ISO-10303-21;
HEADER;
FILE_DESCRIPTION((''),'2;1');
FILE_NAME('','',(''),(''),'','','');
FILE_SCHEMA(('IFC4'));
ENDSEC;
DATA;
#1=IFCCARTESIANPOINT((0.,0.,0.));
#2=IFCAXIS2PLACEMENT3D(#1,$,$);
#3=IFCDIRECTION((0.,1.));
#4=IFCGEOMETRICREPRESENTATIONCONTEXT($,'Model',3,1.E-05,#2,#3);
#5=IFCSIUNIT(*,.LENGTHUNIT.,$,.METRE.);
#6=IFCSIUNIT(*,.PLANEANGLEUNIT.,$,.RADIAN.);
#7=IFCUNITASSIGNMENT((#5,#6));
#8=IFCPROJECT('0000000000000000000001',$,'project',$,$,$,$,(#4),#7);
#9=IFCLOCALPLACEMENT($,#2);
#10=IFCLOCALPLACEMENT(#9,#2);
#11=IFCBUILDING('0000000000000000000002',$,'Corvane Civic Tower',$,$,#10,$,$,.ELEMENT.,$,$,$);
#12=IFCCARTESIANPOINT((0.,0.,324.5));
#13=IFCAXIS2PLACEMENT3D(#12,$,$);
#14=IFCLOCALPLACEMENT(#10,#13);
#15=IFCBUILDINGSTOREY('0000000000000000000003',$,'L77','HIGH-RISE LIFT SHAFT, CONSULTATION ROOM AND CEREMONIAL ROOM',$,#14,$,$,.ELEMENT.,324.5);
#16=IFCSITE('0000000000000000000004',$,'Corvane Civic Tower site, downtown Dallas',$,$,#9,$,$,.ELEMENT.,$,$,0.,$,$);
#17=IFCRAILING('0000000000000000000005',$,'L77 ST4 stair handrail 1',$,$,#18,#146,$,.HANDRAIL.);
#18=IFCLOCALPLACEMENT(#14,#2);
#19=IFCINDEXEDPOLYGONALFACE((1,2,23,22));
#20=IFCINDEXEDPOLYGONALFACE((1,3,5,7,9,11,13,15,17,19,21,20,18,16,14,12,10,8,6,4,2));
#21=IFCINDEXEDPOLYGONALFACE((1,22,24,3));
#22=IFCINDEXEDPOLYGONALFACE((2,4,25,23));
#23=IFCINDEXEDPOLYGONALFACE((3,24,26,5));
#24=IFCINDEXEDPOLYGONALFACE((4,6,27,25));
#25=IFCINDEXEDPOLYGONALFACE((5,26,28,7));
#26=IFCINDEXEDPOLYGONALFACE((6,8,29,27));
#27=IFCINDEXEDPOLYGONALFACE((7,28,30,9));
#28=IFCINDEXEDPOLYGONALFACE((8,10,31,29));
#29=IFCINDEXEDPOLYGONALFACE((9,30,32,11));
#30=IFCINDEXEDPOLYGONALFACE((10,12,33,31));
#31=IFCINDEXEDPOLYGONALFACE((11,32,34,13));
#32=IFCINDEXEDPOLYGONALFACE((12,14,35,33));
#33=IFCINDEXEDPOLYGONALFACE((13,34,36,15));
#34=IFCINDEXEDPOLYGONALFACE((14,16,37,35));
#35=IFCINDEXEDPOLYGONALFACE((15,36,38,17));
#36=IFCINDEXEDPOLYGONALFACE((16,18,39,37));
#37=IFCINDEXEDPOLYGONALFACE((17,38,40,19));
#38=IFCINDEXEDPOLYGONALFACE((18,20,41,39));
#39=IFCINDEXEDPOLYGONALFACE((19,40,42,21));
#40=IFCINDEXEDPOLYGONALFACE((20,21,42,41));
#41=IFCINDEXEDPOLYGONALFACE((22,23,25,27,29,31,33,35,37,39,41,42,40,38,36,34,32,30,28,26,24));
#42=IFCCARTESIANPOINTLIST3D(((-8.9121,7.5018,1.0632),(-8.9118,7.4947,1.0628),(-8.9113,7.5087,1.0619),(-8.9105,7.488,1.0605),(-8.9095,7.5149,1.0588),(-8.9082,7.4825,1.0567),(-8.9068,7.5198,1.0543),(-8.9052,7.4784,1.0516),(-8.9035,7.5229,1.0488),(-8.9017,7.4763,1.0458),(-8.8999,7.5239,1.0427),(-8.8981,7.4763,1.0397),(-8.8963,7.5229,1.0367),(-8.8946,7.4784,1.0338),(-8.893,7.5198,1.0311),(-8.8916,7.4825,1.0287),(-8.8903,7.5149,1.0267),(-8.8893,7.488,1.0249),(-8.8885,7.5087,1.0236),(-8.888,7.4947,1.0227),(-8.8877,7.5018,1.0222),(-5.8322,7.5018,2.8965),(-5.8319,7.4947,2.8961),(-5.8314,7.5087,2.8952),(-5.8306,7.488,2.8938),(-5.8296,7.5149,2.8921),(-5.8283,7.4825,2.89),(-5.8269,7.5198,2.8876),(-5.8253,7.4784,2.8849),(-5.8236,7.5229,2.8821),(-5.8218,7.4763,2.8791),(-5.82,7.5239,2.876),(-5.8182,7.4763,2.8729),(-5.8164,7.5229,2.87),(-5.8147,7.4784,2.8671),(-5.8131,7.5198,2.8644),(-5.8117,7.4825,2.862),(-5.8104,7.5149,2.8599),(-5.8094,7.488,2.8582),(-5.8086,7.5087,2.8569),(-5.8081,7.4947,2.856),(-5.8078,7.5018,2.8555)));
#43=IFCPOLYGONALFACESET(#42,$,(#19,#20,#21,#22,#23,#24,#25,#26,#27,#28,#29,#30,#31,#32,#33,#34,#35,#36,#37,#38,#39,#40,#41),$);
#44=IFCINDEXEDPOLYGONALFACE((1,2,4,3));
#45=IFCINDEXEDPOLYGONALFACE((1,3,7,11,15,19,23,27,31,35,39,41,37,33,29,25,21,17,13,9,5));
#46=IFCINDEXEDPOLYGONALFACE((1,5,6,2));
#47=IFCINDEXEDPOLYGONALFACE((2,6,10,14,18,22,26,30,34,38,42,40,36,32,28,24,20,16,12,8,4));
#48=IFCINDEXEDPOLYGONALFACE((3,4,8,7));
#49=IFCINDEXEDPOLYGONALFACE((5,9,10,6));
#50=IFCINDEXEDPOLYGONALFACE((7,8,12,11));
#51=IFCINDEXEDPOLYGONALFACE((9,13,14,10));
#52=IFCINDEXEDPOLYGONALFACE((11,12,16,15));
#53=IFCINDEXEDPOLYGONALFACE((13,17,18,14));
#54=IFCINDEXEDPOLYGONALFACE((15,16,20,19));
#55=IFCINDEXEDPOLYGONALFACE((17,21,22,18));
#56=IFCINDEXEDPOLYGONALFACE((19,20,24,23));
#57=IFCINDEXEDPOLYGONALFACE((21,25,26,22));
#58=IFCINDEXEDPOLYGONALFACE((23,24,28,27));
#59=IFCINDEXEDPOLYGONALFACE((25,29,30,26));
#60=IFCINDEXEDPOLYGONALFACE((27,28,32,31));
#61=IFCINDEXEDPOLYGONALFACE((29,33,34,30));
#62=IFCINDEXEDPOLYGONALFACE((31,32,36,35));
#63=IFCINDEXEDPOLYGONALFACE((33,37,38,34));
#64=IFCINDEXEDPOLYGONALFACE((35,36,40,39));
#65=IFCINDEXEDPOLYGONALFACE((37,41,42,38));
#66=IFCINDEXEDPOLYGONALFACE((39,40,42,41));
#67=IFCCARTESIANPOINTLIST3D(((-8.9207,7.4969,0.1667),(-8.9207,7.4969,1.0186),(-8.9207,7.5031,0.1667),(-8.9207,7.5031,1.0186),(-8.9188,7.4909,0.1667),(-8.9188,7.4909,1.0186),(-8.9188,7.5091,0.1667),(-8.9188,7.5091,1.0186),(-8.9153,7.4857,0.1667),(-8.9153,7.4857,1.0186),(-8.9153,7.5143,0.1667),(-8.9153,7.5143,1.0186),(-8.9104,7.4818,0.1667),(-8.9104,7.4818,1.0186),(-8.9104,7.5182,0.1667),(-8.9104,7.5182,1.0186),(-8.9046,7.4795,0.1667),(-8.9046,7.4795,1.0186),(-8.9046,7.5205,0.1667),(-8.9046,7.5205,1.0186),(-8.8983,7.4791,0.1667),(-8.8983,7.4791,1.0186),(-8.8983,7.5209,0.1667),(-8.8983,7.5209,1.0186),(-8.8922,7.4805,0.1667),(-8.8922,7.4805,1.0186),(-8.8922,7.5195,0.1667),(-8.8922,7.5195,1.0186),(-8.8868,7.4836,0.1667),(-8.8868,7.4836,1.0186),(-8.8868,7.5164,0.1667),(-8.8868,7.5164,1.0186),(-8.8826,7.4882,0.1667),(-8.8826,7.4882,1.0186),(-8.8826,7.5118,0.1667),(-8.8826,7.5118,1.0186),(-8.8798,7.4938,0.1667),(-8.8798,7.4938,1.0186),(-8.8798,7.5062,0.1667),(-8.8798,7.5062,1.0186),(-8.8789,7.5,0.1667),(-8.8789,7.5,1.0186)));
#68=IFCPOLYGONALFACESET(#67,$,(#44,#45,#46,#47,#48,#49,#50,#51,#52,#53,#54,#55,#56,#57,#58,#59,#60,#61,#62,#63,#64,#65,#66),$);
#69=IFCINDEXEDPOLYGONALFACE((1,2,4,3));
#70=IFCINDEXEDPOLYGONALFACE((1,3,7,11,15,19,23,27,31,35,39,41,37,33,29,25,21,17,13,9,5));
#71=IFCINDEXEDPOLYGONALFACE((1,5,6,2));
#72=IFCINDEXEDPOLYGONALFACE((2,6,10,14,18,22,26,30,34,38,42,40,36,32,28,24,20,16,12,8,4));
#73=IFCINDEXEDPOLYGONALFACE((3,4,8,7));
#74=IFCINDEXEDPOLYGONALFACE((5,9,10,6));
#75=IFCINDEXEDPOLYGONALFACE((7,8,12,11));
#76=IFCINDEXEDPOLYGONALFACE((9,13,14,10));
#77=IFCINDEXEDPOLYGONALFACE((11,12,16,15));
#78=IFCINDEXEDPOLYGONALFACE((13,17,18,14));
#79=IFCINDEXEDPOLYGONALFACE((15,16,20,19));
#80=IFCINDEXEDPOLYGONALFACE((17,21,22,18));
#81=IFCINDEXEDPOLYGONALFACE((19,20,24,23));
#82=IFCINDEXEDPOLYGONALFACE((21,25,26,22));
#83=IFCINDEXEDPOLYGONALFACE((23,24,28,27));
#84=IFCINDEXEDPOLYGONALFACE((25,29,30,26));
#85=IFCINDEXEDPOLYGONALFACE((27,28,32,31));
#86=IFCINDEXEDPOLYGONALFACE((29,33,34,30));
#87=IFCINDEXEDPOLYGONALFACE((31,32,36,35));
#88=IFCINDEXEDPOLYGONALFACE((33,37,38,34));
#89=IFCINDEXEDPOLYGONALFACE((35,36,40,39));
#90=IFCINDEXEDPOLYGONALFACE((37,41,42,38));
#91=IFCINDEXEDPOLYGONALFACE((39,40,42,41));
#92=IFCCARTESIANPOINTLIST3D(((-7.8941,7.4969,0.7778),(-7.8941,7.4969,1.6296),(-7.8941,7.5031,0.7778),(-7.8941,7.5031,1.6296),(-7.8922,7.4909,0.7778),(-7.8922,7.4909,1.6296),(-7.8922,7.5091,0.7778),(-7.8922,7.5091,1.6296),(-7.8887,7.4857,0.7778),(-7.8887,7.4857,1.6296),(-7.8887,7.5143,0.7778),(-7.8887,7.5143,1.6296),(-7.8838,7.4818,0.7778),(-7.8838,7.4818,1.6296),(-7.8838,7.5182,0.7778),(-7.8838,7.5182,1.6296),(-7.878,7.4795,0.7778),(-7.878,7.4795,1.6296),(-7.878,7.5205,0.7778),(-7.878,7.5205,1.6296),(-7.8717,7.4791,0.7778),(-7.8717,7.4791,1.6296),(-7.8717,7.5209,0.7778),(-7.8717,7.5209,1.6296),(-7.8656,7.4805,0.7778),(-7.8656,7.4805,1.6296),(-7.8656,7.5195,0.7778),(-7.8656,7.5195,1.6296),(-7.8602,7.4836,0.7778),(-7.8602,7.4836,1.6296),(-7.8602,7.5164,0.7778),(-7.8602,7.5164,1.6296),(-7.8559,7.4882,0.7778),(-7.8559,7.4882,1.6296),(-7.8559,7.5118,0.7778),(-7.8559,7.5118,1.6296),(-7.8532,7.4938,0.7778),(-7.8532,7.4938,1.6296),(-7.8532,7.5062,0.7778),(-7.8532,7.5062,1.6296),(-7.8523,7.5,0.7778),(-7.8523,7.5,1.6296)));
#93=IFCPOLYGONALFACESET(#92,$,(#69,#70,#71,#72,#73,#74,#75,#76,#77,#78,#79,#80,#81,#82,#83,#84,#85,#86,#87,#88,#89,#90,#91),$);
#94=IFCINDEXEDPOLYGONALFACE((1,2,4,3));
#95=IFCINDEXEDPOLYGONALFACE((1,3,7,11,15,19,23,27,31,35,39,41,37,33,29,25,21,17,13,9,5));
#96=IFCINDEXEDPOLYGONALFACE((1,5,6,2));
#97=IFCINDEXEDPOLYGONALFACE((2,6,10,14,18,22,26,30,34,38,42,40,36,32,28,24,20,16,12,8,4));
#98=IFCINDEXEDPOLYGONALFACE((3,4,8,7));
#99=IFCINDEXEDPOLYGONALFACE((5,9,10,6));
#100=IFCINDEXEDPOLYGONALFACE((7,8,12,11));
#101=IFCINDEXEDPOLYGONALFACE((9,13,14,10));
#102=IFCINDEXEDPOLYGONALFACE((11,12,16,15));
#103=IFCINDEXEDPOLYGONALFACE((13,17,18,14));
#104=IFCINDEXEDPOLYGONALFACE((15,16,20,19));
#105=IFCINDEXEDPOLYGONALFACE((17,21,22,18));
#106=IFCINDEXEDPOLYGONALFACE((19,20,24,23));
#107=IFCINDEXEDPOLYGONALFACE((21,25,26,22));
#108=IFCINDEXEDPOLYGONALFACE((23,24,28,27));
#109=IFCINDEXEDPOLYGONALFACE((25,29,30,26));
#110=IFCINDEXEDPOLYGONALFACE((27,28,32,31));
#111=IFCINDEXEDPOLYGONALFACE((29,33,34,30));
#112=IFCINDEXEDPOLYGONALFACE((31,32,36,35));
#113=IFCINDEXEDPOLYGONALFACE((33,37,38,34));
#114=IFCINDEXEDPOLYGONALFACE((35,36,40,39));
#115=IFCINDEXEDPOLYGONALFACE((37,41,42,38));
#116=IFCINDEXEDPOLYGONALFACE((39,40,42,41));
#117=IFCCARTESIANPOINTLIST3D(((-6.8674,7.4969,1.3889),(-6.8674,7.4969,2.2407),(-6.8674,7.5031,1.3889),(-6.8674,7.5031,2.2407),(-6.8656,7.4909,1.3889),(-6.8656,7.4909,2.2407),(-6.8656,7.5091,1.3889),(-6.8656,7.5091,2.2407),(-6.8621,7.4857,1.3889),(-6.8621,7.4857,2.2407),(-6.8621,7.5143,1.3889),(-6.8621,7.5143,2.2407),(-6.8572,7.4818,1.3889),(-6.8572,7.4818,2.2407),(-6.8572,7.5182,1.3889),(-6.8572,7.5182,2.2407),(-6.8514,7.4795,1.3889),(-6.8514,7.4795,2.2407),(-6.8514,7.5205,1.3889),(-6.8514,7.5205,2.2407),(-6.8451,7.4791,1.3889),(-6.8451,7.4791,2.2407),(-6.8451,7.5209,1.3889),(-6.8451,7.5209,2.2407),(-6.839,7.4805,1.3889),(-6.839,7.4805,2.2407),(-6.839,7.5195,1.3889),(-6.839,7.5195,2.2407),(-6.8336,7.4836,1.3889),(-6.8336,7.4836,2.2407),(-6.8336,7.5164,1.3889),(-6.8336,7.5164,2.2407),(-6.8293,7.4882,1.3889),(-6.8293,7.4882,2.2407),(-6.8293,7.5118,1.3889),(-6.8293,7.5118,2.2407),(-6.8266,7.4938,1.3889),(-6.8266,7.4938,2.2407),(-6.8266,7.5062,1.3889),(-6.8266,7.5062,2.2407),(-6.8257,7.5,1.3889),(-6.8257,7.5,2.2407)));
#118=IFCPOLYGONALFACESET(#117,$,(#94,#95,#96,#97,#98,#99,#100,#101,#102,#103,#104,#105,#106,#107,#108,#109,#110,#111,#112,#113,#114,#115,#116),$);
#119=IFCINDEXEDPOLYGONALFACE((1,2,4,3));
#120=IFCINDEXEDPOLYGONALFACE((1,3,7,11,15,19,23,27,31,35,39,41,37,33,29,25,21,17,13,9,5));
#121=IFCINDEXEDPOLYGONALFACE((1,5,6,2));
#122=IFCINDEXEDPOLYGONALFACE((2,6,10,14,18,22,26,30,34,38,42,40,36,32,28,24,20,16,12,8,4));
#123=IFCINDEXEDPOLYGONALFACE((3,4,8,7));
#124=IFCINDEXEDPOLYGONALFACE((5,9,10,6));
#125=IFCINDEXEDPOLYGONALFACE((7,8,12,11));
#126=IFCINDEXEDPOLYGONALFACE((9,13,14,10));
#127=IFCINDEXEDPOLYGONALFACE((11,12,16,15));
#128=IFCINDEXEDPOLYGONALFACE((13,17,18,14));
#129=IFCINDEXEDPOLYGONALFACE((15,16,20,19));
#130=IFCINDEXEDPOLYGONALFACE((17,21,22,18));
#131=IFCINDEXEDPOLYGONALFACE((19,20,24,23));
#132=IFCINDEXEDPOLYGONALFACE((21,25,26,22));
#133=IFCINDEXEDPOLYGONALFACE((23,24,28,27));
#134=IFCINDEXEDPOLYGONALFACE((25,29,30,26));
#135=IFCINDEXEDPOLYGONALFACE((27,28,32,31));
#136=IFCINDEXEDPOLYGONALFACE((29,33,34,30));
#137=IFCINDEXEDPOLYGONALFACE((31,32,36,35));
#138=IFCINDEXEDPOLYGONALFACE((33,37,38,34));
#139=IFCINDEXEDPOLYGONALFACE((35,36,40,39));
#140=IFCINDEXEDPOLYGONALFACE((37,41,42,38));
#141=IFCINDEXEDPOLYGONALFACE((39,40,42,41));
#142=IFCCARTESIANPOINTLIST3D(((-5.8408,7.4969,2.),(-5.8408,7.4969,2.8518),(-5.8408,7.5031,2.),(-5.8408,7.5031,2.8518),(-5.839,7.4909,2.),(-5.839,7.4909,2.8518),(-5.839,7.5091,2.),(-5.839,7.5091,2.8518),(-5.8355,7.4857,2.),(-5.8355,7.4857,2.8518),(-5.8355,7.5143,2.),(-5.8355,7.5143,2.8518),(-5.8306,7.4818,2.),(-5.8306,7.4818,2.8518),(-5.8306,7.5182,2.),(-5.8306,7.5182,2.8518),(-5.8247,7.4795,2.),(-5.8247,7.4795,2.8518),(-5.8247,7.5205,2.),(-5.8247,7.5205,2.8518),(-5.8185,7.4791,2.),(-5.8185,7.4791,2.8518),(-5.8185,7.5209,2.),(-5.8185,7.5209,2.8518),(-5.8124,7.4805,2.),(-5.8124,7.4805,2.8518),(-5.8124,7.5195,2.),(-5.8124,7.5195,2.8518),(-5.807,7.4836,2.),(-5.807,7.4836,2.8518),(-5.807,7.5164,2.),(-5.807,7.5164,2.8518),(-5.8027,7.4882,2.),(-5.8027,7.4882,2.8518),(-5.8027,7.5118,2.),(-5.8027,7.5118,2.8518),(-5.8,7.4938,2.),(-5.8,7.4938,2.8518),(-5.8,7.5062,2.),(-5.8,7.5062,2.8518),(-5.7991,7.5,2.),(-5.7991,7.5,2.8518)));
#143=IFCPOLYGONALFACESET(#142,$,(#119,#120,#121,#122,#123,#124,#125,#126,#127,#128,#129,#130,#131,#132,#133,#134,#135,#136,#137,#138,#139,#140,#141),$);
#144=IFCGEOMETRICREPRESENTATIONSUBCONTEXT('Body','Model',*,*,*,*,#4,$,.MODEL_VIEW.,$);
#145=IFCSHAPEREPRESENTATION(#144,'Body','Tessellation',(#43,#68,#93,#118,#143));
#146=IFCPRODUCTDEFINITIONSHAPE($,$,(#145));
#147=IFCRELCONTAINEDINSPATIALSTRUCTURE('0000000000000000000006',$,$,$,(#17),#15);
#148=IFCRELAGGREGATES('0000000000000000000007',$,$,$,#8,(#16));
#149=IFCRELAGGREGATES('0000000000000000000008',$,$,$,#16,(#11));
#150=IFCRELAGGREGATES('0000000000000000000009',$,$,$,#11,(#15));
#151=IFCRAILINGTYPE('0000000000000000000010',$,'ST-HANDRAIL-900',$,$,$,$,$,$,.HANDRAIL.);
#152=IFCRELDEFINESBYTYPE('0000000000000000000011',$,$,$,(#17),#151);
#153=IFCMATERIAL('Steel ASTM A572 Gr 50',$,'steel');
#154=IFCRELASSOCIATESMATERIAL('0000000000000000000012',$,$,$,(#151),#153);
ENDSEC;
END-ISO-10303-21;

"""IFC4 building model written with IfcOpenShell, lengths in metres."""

from ifc_helpers import new_model, si_unit, direction, frame, origin, origin_2d, place, context, subcontext, project, spatial, circle, extrude, material, type_object, element, save


model = new_model("IFC4")

# Units and contexts
model_context = context("Model", 3, precision=1e-05, world=origin(), true_north=direction((0.0, 1.0)))
body_context = subcontext(model_context, "Body", "Model", "MODEL_VIEW")
ifc_project = project(units=[si_unit("LENGTHUNIT", "METRE"), si_unit("PLANEANGLEUNIT", "RADIAN")], contexts=[model_context])

# Site, building, storey
site_placement = place(None, origin())
site = spatial("IfcSite", under=ifc_project, at=site_placement, Name="Corvane Civic Tower site, downtown Dallas", CompositionType="ELEMENT", RefElevation=0.0)
building_placement = place(site_placement, origin())
building = spatial("IfcBuilding", under=site, at=building_placement, Name="Corvane Civic Tower", CompositionType="ELEMENT")
storey_placement = place(building_placement, frame((0.0, 0.0, 324.5)))
storey = spatial("IfcBuildingStorey", under=building, at=storey_placement, Name="L77", Description="HIGH-RISE LIFT SHAFT, CONSULTATION ROOM AND CEREMONIAL ROOM", CompositionType="ELEMENT", Elevation=324.5)

# Railing
ifc_material_1 = material(Name="Steel ASTM A572 Gr 50", Category="steel")
railing_type_1 = type_object("IfcRailingType", Name="ST-HANDRAIL-900", PredefinedType="HANDRAIL", material=ifc_material_1)
railing_1_placement = place(storey_placement, frame((-8.8999, 7.5, 0.1667)))
element("IfcRailing", 1, at=railing_1_placement, inside=storey, type_object=railing_type_1, Name="L77 ST4 stair handrail 1", PredefinedType="HANDRAIL", context=body_context, shape_type="SweptSolid", body=[
    extrude(circle(Radius=0.0239, at=origin_2d()), frame((0.0, 0.0, 0.876), z_axis=(0.859291, 0.0, 0.511487), x_axis=(0.0, 1.0, 0.0)), (0.0, 0.0, 1.0), 3.5842),
    extrude(circle(Radius=0.021, at=origin_2d()), origin(), (0.0, 0.0, 1.0), 0.8518),
    extrude(circle(Radius=0.021, at=origin_2d()), frame((1.0266, 0.0, 0.6111)), (0.0, 0.0, 1.0), 0.8518),
    extrude(circle(Radius=0.021, at=origin_2d()), frame((2.0532, 0.0, 1.2222)), (0.0, 0.0, 1.0), 0.8518),
    extrude(circle(Radius=0.021, at=origin_2d()), frame((3.0798, 0.0, 1.8333)), (0.0, 0.0, 1.0), 0.8518),
])

save(model, "model.ifc")
